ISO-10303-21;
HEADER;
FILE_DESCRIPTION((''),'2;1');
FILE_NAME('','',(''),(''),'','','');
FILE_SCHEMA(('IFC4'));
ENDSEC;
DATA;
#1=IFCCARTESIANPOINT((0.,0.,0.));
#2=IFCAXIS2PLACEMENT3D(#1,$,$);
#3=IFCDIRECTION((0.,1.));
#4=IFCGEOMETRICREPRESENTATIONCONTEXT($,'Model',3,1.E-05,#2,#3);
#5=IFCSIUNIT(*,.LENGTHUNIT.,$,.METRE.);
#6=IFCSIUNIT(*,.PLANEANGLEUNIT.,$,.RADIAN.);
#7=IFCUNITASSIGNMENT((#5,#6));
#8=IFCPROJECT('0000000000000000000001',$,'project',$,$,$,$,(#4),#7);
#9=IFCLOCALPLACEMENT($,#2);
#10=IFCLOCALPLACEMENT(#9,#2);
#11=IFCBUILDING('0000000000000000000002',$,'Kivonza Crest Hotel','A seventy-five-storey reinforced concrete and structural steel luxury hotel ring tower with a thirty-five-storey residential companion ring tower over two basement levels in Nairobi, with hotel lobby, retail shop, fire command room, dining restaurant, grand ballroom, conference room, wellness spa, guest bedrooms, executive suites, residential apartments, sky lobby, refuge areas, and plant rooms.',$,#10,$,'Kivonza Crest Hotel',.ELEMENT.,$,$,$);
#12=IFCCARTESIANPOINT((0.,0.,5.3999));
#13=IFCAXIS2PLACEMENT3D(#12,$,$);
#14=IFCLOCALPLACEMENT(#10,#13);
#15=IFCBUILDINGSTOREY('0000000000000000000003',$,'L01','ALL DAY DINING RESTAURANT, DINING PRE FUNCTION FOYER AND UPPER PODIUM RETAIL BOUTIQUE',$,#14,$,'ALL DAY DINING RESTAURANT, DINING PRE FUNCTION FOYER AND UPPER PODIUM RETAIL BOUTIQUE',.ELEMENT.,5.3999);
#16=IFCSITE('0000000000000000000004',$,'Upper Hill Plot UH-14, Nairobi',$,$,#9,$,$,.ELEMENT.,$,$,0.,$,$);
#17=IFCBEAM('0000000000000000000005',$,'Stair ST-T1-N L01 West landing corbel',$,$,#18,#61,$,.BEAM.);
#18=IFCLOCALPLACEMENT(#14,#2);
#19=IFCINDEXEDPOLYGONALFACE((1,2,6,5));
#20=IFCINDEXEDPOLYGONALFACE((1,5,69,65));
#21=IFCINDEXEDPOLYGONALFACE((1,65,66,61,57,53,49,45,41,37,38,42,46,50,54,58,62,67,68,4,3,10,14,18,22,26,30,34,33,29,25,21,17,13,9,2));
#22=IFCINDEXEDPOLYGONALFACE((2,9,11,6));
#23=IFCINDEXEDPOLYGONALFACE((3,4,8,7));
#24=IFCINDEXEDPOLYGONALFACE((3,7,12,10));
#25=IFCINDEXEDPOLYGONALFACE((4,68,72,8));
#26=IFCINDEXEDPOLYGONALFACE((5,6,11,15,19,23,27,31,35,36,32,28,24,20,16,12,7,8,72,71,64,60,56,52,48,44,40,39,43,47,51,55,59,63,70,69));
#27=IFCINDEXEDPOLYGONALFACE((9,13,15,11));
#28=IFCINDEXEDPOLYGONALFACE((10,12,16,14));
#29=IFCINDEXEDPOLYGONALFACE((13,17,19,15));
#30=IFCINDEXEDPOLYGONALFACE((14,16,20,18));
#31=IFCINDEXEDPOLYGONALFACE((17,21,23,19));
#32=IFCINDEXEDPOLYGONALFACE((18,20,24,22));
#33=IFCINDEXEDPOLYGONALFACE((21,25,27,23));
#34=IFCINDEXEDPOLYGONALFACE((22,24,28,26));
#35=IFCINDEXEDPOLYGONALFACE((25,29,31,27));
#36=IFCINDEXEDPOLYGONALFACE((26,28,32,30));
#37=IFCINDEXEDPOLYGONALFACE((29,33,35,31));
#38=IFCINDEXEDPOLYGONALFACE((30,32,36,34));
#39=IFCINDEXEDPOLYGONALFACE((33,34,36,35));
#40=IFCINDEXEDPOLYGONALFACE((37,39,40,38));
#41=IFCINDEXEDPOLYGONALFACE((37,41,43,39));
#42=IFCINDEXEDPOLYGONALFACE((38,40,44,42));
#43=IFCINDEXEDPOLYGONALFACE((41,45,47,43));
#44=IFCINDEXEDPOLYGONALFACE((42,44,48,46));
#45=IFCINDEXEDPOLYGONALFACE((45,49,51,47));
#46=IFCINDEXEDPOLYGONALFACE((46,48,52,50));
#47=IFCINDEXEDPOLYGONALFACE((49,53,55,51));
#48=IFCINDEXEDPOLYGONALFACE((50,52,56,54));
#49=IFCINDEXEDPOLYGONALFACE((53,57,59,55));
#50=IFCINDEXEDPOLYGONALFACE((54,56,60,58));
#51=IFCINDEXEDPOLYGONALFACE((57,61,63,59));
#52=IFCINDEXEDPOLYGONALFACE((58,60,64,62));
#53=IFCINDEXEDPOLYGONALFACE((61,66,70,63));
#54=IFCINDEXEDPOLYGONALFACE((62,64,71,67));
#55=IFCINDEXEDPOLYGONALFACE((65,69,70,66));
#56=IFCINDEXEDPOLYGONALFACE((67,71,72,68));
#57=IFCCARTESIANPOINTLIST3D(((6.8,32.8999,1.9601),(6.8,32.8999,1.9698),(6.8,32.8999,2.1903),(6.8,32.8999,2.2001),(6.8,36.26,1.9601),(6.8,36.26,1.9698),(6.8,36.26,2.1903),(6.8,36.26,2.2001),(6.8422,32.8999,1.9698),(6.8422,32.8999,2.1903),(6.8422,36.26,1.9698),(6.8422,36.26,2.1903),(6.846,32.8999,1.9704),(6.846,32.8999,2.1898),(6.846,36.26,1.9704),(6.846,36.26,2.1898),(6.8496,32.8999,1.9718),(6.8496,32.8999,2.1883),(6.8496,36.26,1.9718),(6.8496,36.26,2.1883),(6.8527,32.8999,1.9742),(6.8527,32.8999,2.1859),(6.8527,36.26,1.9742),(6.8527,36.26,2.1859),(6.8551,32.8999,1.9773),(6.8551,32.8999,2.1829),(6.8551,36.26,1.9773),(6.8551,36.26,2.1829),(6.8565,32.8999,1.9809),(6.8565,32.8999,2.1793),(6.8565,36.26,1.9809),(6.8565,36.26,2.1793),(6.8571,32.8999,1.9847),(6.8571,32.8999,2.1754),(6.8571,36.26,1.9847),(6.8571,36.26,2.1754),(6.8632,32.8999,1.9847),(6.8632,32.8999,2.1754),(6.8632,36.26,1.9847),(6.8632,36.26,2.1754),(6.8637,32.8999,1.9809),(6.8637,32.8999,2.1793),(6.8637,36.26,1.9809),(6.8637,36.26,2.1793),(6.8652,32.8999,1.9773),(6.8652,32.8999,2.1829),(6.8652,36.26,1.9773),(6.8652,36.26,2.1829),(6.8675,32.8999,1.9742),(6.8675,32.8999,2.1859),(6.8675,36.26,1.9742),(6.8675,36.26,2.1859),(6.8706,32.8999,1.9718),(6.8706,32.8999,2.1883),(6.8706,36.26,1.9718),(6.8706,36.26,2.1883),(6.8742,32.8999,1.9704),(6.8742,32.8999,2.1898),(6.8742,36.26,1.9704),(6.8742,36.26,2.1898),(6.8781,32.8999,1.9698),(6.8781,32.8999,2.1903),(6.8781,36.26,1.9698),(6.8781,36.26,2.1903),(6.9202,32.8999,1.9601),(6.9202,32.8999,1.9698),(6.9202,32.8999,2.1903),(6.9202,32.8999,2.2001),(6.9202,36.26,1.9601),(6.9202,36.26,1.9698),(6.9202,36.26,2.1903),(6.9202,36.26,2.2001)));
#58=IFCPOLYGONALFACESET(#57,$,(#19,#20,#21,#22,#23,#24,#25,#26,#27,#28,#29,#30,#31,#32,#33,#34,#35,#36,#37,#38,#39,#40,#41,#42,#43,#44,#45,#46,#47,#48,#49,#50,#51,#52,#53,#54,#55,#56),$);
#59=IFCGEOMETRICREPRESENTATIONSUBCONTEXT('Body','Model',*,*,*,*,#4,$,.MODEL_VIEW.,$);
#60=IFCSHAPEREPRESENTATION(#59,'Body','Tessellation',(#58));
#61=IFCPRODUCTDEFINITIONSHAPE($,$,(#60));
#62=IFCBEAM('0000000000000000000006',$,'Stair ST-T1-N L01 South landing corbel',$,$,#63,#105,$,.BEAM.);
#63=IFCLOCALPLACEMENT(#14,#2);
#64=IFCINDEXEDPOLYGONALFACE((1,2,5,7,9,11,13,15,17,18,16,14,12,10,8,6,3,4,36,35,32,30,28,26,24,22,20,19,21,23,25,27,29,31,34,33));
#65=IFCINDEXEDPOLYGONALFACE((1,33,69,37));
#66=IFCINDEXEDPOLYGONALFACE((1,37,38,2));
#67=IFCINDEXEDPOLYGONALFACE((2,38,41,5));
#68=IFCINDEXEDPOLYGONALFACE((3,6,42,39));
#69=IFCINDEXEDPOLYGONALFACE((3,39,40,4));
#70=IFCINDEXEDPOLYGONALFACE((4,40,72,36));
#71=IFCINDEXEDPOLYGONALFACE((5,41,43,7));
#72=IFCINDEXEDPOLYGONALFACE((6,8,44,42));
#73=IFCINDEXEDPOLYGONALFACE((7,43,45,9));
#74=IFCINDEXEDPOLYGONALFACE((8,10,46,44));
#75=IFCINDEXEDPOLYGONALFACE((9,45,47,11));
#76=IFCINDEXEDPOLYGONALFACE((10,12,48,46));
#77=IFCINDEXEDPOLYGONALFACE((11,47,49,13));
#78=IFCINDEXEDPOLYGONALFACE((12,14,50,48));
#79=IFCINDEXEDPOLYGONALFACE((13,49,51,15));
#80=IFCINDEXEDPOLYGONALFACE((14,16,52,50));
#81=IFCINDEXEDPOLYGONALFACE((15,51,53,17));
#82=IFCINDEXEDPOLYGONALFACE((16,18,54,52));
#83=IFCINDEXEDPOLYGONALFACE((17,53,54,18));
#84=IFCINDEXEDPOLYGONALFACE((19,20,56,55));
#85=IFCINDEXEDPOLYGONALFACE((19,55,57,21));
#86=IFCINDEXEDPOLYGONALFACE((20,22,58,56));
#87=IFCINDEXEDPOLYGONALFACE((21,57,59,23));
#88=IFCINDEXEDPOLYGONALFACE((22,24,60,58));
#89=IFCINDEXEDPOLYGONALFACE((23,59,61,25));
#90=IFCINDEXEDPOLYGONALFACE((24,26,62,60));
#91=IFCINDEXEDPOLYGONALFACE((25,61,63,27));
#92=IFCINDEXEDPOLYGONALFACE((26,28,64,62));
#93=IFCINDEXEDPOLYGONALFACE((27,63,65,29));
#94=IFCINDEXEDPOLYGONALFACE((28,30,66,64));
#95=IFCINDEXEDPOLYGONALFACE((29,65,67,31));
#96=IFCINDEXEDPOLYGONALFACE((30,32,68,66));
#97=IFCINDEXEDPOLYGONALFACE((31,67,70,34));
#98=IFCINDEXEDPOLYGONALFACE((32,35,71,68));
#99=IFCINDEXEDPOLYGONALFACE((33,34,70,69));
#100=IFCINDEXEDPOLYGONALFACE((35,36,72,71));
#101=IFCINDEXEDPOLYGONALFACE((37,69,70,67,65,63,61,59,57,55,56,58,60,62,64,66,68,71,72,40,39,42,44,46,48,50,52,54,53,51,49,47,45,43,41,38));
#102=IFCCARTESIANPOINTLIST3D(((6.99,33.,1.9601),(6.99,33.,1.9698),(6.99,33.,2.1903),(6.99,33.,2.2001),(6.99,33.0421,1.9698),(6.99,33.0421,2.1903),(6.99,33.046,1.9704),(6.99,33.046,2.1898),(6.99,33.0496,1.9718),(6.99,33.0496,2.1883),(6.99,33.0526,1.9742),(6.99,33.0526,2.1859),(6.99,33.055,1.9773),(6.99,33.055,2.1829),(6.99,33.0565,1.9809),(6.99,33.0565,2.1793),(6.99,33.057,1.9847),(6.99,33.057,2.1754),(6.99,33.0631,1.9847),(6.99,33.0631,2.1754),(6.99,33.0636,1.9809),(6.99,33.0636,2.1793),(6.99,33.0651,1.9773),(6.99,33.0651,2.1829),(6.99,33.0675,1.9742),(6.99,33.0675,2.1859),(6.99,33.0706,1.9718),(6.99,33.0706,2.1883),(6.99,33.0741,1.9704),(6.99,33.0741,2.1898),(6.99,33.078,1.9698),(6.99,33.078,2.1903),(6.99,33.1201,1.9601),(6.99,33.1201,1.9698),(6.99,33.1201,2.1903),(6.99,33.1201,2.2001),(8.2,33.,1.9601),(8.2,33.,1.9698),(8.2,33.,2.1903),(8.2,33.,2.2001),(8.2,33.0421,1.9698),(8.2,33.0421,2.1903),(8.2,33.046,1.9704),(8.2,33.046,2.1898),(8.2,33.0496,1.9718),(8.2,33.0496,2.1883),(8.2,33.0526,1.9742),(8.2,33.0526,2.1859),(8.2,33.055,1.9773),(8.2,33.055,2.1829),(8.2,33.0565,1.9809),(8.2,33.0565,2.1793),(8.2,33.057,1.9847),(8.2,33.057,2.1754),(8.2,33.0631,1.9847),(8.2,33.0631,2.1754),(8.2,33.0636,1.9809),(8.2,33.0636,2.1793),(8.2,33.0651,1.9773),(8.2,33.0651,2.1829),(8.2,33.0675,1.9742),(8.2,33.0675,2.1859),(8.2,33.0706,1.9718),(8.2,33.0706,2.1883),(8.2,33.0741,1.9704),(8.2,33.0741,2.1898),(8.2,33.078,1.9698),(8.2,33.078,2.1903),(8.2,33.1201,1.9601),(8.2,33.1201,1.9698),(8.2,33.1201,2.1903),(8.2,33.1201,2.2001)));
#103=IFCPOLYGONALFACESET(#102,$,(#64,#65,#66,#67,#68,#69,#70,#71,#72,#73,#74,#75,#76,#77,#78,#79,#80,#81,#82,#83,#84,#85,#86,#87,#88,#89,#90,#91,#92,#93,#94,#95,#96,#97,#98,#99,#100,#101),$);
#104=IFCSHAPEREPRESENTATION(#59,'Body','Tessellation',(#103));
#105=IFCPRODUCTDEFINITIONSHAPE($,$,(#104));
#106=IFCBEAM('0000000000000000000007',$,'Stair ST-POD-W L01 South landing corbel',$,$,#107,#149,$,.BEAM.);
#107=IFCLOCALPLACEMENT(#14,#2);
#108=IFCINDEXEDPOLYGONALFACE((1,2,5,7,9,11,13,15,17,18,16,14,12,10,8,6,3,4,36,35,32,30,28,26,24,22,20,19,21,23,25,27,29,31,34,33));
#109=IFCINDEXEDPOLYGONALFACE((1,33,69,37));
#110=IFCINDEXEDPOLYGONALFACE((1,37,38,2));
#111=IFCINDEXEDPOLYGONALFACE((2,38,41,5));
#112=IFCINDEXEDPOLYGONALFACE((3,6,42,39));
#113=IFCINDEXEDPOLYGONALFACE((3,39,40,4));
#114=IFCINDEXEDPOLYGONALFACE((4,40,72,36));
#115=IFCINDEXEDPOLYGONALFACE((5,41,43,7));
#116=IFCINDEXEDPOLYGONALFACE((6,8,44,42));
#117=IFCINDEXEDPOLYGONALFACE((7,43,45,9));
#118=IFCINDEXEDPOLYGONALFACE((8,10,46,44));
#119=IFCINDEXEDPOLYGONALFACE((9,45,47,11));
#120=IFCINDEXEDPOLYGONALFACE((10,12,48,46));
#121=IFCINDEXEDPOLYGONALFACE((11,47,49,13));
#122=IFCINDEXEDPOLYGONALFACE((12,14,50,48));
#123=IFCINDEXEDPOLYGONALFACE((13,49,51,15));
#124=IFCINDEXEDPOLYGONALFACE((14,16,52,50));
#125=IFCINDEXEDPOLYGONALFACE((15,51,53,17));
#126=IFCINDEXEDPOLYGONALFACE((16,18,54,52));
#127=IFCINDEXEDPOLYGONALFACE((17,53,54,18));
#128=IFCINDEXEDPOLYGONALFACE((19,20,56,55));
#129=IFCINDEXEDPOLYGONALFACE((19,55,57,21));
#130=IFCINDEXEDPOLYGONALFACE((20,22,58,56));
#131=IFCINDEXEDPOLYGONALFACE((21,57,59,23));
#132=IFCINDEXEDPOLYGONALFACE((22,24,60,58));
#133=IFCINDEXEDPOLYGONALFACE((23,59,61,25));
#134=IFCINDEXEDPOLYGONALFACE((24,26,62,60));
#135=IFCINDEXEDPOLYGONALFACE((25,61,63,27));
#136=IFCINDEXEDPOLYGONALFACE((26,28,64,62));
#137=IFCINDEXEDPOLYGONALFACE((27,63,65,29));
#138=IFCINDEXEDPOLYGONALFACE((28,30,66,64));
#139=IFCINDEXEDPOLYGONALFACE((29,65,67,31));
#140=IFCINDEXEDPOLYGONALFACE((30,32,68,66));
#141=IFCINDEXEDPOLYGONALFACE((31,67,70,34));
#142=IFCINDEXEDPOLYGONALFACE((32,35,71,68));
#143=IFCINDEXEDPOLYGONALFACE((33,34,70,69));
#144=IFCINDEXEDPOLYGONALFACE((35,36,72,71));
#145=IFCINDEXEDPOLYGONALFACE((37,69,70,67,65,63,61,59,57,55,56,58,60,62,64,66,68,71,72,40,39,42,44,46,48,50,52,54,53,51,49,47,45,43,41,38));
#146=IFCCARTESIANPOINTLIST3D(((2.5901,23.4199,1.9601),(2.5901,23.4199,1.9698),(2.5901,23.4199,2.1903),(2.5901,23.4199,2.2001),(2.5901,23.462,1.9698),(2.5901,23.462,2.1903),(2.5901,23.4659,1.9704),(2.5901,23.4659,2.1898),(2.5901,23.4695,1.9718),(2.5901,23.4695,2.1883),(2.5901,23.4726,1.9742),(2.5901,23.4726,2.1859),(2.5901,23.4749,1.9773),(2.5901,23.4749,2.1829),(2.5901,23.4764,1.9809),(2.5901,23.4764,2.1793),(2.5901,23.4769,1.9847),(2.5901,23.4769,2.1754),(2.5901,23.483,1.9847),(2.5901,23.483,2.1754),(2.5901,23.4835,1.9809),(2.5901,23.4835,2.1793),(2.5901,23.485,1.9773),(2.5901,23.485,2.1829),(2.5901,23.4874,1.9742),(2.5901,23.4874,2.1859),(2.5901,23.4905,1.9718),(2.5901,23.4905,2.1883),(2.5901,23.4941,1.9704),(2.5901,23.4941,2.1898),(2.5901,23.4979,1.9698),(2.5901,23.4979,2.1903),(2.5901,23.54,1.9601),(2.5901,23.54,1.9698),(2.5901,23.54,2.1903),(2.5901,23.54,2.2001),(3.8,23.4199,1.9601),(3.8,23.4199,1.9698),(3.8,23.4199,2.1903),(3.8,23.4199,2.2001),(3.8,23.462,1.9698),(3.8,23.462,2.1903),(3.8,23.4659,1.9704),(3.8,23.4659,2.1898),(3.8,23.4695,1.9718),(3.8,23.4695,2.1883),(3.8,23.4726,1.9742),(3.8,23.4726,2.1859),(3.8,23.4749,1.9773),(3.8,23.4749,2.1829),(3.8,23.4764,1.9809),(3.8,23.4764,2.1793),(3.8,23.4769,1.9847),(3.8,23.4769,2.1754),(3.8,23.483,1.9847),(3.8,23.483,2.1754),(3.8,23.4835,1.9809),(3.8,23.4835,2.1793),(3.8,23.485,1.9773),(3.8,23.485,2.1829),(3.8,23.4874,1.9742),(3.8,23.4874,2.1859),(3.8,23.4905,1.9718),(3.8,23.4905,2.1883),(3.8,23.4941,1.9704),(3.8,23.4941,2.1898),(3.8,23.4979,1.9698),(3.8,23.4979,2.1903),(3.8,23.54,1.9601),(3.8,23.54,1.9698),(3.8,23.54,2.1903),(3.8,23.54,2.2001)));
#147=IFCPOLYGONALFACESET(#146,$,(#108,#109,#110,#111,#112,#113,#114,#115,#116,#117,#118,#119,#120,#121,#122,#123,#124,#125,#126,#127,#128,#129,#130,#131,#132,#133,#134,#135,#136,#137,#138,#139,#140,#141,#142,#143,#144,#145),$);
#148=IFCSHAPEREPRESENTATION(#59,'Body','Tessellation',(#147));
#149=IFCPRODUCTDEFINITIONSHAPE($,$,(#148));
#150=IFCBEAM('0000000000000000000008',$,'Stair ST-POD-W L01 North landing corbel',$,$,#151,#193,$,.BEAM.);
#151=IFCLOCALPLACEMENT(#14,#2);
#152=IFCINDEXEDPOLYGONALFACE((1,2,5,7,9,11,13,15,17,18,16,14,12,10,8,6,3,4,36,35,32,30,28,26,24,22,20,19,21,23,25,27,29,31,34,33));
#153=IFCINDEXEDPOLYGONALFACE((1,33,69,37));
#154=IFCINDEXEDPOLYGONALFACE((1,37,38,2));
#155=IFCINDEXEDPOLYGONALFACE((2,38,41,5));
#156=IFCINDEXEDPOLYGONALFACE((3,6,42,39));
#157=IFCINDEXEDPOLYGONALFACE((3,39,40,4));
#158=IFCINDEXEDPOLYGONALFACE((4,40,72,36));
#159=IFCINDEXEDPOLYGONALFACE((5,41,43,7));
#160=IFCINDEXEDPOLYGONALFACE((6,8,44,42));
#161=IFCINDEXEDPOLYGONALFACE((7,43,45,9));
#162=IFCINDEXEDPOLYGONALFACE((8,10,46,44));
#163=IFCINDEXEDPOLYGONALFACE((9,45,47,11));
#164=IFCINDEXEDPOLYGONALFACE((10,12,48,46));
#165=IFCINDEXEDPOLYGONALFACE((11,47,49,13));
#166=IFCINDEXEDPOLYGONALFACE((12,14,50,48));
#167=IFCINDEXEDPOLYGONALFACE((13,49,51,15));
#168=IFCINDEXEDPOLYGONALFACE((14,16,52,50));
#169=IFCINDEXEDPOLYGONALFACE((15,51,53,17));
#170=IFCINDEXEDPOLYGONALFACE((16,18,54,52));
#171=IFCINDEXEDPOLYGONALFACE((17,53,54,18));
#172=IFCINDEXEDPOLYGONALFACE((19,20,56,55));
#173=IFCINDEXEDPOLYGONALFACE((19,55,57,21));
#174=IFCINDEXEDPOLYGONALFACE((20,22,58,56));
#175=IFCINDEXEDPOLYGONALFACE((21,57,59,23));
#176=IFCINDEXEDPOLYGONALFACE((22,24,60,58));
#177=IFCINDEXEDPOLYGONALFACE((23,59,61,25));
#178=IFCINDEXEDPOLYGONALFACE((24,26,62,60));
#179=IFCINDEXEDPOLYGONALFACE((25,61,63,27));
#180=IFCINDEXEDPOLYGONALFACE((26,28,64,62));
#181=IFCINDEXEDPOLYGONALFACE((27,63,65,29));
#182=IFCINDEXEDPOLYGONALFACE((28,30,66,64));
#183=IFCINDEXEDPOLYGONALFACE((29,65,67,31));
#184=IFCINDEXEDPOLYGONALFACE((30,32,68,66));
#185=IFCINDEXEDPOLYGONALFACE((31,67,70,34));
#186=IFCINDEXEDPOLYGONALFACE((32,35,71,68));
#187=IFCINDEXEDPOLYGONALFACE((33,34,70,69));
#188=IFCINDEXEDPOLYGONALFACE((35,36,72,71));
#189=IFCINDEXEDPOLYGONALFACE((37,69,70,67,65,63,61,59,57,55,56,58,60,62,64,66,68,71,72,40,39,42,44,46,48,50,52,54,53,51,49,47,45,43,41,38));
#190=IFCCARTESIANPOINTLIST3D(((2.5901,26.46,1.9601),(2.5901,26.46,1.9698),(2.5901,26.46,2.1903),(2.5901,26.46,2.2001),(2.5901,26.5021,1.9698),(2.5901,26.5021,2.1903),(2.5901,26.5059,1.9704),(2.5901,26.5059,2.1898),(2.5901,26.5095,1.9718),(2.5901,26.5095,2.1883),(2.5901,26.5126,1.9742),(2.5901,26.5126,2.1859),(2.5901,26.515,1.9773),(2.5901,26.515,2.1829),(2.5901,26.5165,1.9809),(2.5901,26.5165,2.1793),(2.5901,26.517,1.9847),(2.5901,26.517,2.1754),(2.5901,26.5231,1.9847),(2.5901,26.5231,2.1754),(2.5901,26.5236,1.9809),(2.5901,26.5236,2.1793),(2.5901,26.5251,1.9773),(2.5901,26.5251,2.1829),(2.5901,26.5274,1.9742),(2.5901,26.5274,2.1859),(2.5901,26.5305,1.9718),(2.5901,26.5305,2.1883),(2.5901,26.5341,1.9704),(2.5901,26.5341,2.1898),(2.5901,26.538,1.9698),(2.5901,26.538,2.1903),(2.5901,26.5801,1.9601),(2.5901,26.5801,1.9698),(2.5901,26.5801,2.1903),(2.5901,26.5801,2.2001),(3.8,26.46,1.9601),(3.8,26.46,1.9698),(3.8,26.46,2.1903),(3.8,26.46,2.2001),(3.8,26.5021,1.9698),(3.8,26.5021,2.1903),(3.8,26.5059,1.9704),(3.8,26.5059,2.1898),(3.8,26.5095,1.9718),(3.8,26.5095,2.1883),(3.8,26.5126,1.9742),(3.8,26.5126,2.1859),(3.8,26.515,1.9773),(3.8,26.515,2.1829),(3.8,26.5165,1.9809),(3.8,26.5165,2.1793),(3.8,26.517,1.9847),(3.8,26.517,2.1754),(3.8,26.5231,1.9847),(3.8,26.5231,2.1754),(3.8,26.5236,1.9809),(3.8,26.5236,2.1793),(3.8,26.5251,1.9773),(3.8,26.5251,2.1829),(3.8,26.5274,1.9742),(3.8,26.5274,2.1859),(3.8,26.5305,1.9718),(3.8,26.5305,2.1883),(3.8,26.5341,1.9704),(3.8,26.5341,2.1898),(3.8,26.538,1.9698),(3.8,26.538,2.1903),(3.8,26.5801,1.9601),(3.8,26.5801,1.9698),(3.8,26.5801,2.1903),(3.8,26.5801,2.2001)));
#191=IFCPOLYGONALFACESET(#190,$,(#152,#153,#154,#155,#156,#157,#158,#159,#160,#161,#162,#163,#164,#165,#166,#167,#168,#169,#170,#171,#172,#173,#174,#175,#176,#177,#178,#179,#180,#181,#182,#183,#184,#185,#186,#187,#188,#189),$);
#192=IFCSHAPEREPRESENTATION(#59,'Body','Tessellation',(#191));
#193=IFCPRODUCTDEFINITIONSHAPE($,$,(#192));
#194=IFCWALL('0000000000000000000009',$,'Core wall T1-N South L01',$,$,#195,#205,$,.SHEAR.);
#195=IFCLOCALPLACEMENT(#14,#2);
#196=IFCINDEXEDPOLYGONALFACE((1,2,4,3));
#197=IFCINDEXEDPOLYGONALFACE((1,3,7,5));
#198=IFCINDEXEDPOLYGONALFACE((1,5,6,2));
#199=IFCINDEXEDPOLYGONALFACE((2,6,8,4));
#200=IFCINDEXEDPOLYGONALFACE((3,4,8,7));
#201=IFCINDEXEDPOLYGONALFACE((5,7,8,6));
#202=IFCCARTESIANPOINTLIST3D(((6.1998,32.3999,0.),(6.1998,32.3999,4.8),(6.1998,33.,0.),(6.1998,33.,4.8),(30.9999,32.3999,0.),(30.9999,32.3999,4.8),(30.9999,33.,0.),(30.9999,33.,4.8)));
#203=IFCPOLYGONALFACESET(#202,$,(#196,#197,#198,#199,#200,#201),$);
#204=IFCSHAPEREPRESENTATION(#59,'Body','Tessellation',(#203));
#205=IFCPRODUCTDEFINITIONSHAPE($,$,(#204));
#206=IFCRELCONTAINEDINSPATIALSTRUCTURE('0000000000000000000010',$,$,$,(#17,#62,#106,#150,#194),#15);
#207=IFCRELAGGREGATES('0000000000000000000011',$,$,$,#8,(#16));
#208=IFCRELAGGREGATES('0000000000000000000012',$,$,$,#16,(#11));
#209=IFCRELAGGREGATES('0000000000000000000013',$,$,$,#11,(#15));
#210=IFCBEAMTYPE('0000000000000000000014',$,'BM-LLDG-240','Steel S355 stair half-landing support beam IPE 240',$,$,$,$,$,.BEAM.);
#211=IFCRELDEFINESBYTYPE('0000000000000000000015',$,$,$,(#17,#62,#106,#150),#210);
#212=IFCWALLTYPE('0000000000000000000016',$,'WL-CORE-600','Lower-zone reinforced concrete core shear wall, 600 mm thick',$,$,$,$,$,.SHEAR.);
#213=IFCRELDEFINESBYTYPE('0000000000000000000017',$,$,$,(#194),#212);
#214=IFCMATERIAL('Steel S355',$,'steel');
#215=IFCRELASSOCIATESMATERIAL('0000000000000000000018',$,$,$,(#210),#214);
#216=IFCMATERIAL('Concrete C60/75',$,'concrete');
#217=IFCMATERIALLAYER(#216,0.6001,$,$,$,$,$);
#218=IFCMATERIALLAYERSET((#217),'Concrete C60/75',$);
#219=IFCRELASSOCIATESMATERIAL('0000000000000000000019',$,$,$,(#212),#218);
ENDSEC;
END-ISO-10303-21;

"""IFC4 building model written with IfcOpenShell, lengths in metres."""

from ifc_helpers import new_model, si_unit, direction, frame, frame_2d, origin, origin_2d, place, context, subcontext, project, spatial, rectangle, i_section, extrude, material, layer, layer_set, material_profile, profile_set, type_object, element, save


model = new_model("IFC4")

# Units and contexts
model_context = context("Model", 3, precision=1e-05, world=origin(), true_north=direction((0.0, 1.0)))
body_context = subcontext(model_context, "Body", "Model", "MODEL_VIEW")
ifc_project = project(units=[si_unit("LENGTHUNIT", "METRE"), si_unit("PLANEANGLEUNIT", "RADIAN")], contexts=[model_context])

# Site, building, storey
site_placement = place(None, origin())
site = spatial("IfcSite", under=ifc_project, at=site_placement, Name="Upper Hill Plot UH-14, Nairobi", CompositionType="ELEMENT", RefElevation=0.0)
building_placement = place(site_placement, origin())
building = spatial("IfcBuilding", under=site, at=building_placement, Name="Kivonza Crest Hotel", Description="A seventy-five-storey reinforced concrete and structural steel luxury hotel ring tower with a thirty-five-storey residential companion ring tower over two basement levels in Nairobi, with hotel lobby, retail shop, fire command room, dining restaurant, grand ballroom, conference room, wellness spa, guest bedrooms, executive suites, residential apartments, sky lobby, refuge areas, and plant rooms.", LongName="Kivonza Crest Hotel", CompositionType="ELEMENT")
storey_placement = place(building_placement, frame((0.0, 0.0, 5.3999)))
storey = spatial("IfcBuildingStorey", under=building, at=storey_placement, Name="L01", Description="ALL DAY DINING RESTAURANT, DINING PRE FUNCTION FOYER AND UPPER PODIUM RETAIL BOUTIQUE", LongName="ALL DAY DINING RESTAURANT, DINING PRE FUNCTION FOYER AND UPPER PODIUM RETAIL BOUTIQUE", CompositionType="ELEMENT", Elevation=5.3999)

# Shared definitions
ifc_material_1 = material(Name="Concrete C60/75", Category="concrete")

# Beams
ifc_material_2 = material(Name="Steel S355", Category="steel")
ifc_material_profile_1 = material_profile(ifc_material_2, i_section(OverallWidth=0.1201, OverallDepth=0.24, WebThickness=0.0061, FlangeThickness=0.0098, FilletRadius=0.0149, at=origin_2d()), Name="IPE 240")
ifc_profile_set_1 = profile_set([ifc_material_profile_1], Name="Steel S355")
beam_type_1 = type_object("IfcBeamType", Name="BM-LLDG-240", Description="Steel S355 stair half-landing support beam IPE 240", PredefinedType="BEAM", material=ifc_profile_set_1)
beam_1_placement = place(storey_placement, frame((6.8601, 32.8999, 2.0801), z_axis=(0.0, 1.0, 0.0), x_axis=(-1.0, 0.0, 0.0)))
element("IfcBeam", 1, at=beam_1_placement, inside=storey, type_object=beam_type_1, Name="Stair ST-T1-N L01 West landing corbel", PredefinedType="BEAM", context=body_context, shape_type="SweptSolid", body=[
    extrude(i_section(OverallWidth=0.1201, OverallDepth=0.24, WebThickness=0.0061, FlangeThickness=0.0098, FilletRadius=0.0149, at=origin_2d()), origin(), (0.0, 0.0, 1.0), 3.3601),
])
for number, where, z_axis, x_axis, name in (
    (2, (6.99, 33.0601, 2.0801), (1.0, 0.0, 0.0), (0.0, 1.0, 0.0), "Stair ST-T1-N L01 South landing corbel"),
    (3, (2.5901, 23.48, 2.0801), (1.0, 0.0, 0.0), (0.0, 1.0, 0.0), "Stair ST-POD-W L01 South landing corbel"),
    (4, (2.5901, 26.52, 2.0801), (1.0, 0.0, 0.0), (0.0, 1.0, 0.0), "Stair ST-POD-W L01 North landing corbel"),
):
    element("IfcBeam", number, at=place(storey_placement, frame(where, z_axis=z_axis, x_axis=x_axis)), inside=storey, type_object=beam_type_1, Name=name, PredefinedType="BEAM", context=body_context, shape_type="SweptSolid", body=[
        extrude(i_section(OverallWidth=0.1201, OverallDepth=0.24, WebThickness=0.0061, FlangeThickness=0.0098, FilletRadius=0.0149, at=origin_2d()), origin(), (0.0, 0.0, 1.0), 1.21),
    ])

# Wall
ifc_layer_1 = layer(ifc_material_1, 0.6001)
ifc_layer_set_1 = layer_set([ifc_layer_1], Name="Concrete C60/75")
wall_type_1 = type_object("IfcWallType", Name="WL-CORE-600", Description="Lower-zone reinforced concrete core shear wall, 600 mm thick", PredefinedType="SHEAR", material=ifc_layer_set_1)
wall_1_placement = place(storey_placement, frame((6.2, 32.7, 0.0), z_axis=(0.0, 0.0, 1.0), x_axis=(1.0, 0.0, 0.0)))
element("IfcWall", 5, at=wall_1_placement, inside=storey, type_object=wall_type_1, Name="Core wall T1-N South L01", PredefinedType="SHEAR", context=body_context, shape_type="SweptSolid", body=[
    extrude(rectangle(XDim=24.8, YDim=0.6001, at=frame_2d((12.3999, 0.0))), origin(), (0.0, 0.0, 1.0), 4.8),
])

save(model, "model.ifc")
